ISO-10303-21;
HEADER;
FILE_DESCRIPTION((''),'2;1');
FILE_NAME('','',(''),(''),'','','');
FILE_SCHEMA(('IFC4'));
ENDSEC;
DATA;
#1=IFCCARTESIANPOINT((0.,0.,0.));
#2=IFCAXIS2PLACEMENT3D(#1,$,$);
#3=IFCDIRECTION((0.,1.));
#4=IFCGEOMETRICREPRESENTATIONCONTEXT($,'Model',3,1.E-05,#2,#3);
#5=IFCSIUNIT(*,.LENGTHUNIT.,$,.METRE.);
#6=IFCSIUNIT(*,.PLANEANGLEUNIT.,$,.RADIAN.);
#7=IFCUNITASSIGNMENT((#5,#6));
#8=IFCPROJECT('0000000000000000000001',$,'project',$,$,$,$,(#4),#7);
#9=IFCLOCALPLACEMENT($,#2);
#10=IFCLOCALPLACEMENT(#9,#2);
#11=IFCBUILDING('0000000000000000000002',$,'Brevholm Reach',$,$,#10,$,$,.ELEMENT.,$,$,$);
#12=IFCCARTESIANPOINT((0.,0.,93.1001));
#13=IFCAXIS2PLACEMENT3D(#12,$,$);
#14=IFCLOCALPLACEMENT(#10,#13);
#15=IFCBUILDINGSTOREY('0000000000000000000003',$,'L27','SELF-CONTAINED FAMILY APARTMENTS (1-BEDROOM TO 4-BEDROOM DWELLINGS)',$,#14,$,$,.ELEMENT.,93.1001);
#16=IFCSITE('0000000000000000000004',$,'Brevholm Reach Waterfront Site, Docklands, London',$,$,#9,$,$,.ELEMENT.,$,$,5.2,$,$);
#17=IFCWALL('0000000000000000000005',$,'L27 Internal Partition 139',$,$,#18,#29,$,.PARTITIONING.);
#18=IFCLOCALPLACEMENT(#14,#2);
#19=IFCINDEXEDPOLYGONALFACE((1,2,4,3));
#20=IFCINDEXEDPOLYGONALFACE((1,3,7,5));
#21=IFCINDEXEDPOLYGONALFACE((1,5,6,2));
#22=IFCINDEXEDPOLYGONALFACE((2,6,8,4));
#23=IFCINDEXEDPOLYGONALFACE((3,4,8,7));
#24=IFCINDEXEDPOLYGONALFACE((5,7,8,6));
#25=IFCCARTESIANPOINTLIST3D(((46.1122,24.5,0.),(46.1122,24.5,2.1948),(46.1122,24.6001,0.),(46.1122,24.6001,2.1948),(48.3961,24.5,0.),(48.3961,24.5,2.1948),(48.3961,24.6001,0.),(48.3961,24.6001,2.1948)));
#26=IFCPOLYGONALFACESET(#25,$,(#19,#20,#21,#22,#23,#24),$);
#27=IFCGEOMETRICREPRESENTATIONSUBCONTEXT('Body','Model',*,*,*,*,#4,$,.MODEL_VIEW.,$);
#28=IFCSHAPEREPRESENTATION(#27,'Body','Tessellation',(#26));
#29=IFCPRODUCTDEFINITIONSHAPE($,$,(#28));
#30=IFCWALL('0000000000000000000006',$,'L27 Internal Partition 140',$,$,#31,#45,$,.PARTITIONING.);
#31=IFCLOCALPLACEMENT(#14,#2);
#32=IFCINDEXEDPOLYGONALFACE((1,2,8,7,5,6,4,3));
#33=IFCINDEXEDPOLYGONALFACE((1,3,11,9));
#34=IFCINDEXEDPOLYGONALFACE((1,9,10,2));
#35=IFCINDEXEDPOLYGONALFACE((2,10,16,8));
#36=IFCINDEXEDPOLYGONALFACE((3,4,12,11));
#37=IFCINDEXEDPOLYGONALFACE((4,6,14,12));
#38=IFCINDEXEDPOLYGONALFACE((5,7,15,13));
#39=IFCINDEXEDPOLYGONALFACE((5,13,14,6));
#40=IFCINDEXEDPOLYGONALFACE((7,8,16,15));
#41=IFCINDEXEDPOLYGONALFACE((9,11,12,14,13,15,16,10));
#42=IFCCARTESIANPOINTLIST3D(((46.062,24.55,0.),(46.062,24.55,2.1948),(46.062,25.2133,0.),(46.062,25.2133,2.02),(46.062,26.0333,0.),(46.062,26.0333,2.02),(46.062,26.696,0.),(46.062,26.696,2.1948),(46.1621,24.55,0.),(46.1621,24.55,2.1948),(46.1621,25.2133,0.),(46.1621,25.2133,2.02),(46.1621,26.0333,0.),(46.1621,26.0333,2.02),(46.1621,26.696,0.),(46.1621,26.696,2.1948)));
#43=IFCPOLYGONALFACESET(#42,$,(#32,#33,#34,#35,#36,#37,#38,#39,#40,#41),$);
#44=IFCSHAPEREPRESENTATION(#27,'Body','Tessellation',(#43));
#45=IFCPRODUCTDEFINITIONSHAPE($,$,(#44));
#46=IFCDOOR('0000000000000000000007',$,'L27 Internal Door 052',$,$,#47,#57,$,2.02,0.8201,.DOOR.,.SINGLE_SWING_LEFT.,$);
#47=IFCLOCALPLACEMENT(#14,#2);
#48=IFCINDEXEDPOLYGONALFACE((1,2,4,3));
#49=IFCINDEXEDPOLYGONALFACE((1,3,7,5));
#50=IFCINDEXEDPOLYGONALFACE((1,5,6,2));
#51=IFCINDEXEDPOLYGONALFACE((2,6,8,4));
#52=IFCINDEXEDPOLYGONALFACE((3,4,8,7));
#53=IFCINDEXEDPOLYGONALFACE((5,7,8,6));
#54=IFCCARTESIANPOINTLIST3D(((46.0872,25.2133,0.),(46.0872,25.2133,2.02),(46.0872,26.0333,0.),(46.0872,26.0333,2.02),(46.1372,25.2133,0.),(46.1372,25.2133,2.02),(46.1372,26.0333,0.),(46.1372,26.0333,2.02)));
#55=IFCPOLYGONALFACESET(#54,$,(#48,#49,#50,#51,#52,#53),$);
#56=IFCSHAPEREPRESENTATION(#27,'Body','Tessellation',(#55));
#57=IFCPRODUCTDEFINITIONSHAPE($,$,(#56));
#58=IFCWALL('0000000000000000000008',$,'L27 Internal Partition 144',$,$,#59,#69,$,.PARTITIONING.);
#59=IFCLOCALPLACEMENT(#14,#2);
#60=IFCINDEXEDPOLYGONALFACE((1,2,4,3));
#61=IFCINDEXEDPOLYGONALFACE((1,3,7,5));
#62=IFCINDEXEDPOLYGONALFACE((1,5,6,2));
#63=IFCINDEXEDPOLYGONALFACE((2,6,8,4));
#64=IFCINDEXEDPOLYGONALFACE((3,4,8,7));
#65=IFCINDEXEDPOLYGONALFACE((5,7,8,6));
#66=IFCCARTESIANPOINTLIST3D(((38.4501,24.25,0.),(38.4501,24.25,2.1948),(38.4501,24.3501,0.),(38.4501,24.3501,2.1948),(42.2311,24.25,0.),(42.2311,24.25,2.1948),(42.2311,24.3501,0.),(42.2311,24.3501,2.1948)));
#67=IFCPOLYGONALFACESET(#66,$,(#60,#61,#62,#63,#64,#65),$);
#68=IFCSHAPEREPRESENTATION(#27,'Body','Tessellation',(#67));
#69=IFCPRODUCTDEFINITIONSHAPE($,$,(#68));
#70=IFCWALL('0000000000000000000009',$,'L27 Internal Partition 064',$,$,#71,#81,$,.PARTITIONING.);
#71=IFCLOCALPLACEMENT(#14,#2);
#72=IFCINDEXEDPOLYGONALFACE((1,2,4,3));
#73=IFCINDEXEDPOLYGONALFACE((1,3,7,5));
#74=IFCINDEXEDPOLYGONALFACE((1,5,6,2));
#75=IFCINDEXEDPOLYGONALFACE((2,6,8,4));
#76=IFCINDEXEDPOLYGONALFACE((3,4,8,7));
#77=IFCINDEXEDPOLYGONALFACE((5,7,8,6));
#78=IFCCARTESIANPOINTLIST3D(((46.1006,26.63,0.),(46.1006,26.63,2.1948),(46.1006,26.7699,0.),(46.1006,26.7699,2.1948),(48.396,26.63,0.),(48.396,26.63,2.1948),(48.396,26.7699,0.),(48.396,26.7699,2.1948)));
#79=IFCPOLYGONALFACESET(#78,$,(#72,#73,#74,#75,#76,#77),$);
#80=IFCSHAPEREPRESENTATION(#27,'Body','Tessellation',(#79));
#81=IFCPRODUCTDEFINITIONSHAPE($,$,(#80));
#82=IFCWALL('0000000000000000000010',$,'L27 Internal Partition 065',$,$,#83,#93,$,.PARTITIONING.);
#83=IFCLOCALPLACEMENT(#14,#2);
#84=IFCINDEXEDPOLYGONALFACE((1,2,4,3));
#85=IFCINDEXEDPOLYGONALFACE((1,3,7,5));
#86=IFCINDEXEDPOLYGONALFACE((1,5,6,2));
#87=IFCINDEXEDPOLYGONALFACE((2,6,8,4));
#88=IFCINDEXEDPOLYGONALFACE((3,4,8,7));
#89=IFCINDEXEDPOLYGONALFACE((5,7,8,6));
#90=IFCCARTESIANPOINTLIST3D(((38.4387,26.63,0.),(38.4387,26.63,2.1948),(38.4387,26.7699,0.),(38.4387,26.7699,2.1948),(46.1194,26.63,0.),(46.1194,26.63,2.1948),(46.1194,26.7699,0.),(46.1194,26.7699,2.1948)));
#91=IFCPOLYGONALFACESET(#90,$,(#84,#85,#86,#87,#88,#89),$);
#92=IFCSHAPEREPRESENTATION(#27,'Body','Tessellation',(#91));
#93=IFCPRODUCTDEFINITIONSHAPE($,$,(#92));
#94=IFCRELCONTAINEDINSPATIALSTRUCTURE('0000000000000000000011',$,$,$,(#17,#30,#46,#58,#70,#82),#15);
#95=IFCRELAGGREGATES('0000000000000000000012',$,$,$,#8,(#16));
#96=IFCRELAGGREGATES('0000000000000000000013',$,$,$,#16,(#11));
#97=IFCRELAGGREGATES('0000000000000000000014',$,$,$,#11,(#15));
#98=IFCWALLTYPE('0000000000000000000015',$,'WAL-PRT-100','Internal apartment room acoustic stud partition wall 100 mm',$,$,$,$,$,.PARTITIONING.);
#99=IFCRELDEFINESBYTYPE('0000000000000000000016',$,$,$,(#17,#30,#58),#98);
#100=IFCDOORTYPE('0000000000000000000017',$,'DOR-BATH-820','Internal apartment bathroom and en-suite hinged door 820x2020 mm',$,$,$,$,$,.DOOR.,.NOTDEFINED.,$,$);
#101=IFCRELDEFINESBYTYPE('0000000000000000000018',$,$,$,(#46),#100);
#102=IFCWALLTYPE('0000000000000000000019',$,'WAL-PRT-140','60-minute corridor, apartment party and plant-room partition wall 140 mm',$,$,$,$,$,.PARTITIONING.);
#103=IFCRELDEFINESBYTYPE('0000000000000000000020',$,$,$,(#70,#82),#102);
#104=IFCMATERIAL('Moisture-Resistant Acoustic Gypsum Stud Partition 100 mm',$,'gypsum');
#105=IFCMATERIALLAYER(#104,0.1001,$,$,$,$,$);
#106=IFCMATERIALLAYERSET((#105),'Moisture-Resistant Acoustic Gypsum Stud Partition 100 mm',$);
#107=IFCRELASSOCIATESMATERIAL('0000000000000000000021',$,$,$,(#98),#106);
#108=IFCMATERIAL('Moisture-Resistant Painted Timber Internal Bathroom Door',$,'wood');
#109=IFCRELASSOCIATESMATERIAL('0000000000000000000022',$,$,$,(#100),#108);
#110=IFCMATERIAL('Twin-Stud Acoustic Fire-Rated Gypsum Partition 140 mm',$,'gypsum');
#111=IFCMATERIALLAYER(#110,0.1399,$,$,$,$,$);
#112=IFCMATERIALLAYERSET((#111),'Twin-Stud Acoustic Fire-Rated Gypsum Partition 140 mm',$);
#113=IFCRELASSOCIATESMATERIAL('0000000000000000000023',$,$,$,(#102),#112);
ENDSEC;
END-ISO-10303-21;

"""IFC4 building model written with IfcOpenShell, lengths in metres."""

from ifc_helpers import new_model, si_unit, direction, frame, frame_2d, origin, place, context, subcontext, project, spatial, rectangle, extrude, material, layer, layer_set, type_object, element, fill, save


model = new_model("IFC4")

# Units and contexts
model_context = context("Model", 3, precision=1e-05, world=origin(), true_north=direction((0.0, 1.0)))
body_context = subcontext(model_context, "Body", "Model", "MODEL_VIEW")
ifc_project = project(units=[si_unit("LENGTHUNIT", "METRE"), si_unit("PLANEANGLEUNIT", "RADIAN")], contexts=[model_context])

# Site, building, storey
site_placement = place(None, origin())
site = spatial("IfcSite", under=ifc_project, at=site_placement, Name="Brevholm Reach Waterfront Site, Docklands, London", CompositionType="ELEMENT", RefElevation=5.2)
building_placement = place(site_placement, origin())
building = spatial("IfcBuilding", under=site, at=building_placement, Name="Brevholm Reach", CompositionType="ELEMENT")
storey_placement = place(building_placement, frame((0.0, 0.0, 93.1001)))
storey = spatial("IfcBuildingStorey", under=building, at=storey_placement, Name="L27", Description="SELF-CONTAINED FAMILY APARTMENTS (1-BEDROOM TO 4-BEDROOM DWELLINGS)", CompositionType="ELEMENT", Elevation=93.1001)

# Wall
ifc_material_1 = material(Name="Moisture-Resistant Acoustic Gypsum Stud Partition 100 mm", Category="gypsum")
ifc_layer_1 = layer(ifc_material_1, 0.1001)
ifc_layer_set_1 = layer_set([ifc_layer_1], Name="Moisture-Resistant Acoustic Gypsum Stud Partition 100 mm")
wall_type_1 = type_object("IfcWallType", Name="WAL-PRT-100", Description="Internal apartment room acoustic stud partition wall 100 mm", PredefinedType="PARTITIONING", material=ifc_layer_set_1)
wall_1_placement = place(storey_placement, frame((46.1121, 24.55, 0.0), z_axis=(0.0, 0.0, 1.0), x_axis=(1.0, 0.0, 0.0)))
element("IfcWall", 1, at=wall_1_placement, inside=storey, type_object=wall_type_1, Name="L27 Internal Partition 139", PredefinedType="PARTITIONING", context=body_context, shape_type="SweptSolid", body=[
    extrude(rectangle(XDim=2.2839, YDim=0.1001, at=frame_2d((1.1421, 0.0))), origin(), (0.0, 0.0, 1.0), 2.1948),
])

# Wall, opening, door
wall_2_placement = place(storey_placement, frame((46.1121, 24.55, 0.0), z_axis=(0.0, 0.0, 1.0), x_axis=(0.0, 1.0, 0.0)))
wall_2 = element("IfcWall", 2, at=wall_2_placement, inside=storey, type_object=wall_type_1, Name="L27 Internal Partition 140", PredefinedType="PARTITIONING", context=body_context, shape_type="SweptSolid", body=[
    extrude(rectangle(XDim=2.146, YDim=0.1001, at=frame_2d((1.073, 0.0))), origin(), (0.0, 0.0, 1.0), 2.1948),
])
opening_placement = place(wall_2_placement, frame((0.6631, 0.0, 0.0)))
opening = element("IfcOpeningElement", 3, at=opening_placement, cuts=wall_2, PredefinedType="OPENING", context=body_context, shape_type="SweptSolid", body=[
    extrude(rectangle(XDim=0.8201, YDim=2.02, at=frame_2d((0.4102, 1.01))), frame((0.0, 0.0601, 0.0), z_axis=(0.0, -1.0, 0.0), x_axis=(1.0, 0.0, 0.0)), (0.0, 0.0, 1.0), 0.1201),
])
ifc_material_2 = material(Name="Moisture-Resistant Painted Timber Internal Bathroom Door", Category="wood")
door_type = type_object("IfcDoorType", Name="DOR-BATH-820", Description="Internal apartment bathroom and en-suite hinged door 820x2020 mm", OperationType="NOTDEFINED", PredefinedType="DOOR", material=ifc_material_2)
door_placement = place(opening_placement, origin())
door = element("IfcDoor", 4, at=door_placement, inside=storey, type_object=door_type, Name="L27 Internal Door 052", OperationType="SINGLE_SWING_LEFT", OverallHeight=2.02, OverallWidth=0.8201, PredefinedType="DOOR", context=body_context, shape_type="SweptSolid", body=[
    extrude(rectangle(XDim=0.8201, YDim=2.02, at=frame_2d((0.4102, 1.01))), frame((0.0, 0.0249, 0.0), z_axis=(0.0, -1.0, 0.0), x_axis=(1.0, 0.0, 0.0)), (0.0, 0.0, 1.0), 0.05),
])
fill(opening, door)

# Walls
wall_3_placement = place(storey_placement, frame((38.45, 24.3, 0.0), z_axis=(0.0, 0.0, 1.0), x_axis=(1.0, 0.0, 0.0)))
element("IfcWall", 5, at=wall_3_placement, inside=storey, type_object=wall_type_1, Name="L27 Internal Partition 144", PredefinedType="PARTITIONING", context=body_context, shape_type="SweptSolid", body=[
    extrude(rectangle(XDim=3.781, YDim=0.1001, at=frame_2d((1.8906, 0.0))), origin(), (0.0, 0.0, 1.0), 2.1948),
])
ifc_material_3 = material(Name="Twin-Stud Acoustic Fire-Rated Gypsum Partition 140 mm", Category="gypsum")
ifc_layer_2 = layer(ifc_material_3, 0.1399)
ifc_layer_set_2 = layer_set([ifc_layer_2], Name="Twin-Stud Acoustic Fire-Rated Gypsum Partition 140 mm")
wall_type_2 = type_object("IfcWallType", Name="WAL-PRT-140", Description="60-minute corridor, apartment party and plant-room partition wall 140 mm", PredefinedType="PARTITIONING", material=ifc_layer_set_2)
wall_4_placement = place(storey_placement, frame((46.1006, 26.7, 0.0), z_axis=(0.0, 0.0, 1.0), x_axis=(1.0, 0.0, 0.0)))
element("IfcWall", 6, at=wall_4_placement, inside=storey, type_object=wall_type_2, Name="L27 Internal Partition 064", PredefinedType="PARTITIONING", context=body_context, shape_type="SweptSolid", body=[
    extrude(rectangle(XDim=2.2954, YDim=0.1399, at=frame_2d((1.1477, 0.0))), origin(), (0.0, 0.0, 1.0), 2.1948),
])
wall_5_placement = place(storey_placement, frame((38.4387, 26.7, 0.0), z_axis=(0.0, 0.0, 1.0), x_axis=(1.0, 0.0, 0.0)))
element("IfcWall", 7, at=wall_5_placement, inside=storey, type_object=wall_type_2, Name="L27 Internal Partition 065", PredefinedType="PARTITIONING", context=body_context, shape_type="SweptSolid", body=[
    extrude(rectangle(XDim=7.6807, YDim=0.1399, at=frame_2d((3.8403, 0.0))), origin(), (0.0, 0.0, 1.0), 2.1948),
])

save(model, "model.ifc")
